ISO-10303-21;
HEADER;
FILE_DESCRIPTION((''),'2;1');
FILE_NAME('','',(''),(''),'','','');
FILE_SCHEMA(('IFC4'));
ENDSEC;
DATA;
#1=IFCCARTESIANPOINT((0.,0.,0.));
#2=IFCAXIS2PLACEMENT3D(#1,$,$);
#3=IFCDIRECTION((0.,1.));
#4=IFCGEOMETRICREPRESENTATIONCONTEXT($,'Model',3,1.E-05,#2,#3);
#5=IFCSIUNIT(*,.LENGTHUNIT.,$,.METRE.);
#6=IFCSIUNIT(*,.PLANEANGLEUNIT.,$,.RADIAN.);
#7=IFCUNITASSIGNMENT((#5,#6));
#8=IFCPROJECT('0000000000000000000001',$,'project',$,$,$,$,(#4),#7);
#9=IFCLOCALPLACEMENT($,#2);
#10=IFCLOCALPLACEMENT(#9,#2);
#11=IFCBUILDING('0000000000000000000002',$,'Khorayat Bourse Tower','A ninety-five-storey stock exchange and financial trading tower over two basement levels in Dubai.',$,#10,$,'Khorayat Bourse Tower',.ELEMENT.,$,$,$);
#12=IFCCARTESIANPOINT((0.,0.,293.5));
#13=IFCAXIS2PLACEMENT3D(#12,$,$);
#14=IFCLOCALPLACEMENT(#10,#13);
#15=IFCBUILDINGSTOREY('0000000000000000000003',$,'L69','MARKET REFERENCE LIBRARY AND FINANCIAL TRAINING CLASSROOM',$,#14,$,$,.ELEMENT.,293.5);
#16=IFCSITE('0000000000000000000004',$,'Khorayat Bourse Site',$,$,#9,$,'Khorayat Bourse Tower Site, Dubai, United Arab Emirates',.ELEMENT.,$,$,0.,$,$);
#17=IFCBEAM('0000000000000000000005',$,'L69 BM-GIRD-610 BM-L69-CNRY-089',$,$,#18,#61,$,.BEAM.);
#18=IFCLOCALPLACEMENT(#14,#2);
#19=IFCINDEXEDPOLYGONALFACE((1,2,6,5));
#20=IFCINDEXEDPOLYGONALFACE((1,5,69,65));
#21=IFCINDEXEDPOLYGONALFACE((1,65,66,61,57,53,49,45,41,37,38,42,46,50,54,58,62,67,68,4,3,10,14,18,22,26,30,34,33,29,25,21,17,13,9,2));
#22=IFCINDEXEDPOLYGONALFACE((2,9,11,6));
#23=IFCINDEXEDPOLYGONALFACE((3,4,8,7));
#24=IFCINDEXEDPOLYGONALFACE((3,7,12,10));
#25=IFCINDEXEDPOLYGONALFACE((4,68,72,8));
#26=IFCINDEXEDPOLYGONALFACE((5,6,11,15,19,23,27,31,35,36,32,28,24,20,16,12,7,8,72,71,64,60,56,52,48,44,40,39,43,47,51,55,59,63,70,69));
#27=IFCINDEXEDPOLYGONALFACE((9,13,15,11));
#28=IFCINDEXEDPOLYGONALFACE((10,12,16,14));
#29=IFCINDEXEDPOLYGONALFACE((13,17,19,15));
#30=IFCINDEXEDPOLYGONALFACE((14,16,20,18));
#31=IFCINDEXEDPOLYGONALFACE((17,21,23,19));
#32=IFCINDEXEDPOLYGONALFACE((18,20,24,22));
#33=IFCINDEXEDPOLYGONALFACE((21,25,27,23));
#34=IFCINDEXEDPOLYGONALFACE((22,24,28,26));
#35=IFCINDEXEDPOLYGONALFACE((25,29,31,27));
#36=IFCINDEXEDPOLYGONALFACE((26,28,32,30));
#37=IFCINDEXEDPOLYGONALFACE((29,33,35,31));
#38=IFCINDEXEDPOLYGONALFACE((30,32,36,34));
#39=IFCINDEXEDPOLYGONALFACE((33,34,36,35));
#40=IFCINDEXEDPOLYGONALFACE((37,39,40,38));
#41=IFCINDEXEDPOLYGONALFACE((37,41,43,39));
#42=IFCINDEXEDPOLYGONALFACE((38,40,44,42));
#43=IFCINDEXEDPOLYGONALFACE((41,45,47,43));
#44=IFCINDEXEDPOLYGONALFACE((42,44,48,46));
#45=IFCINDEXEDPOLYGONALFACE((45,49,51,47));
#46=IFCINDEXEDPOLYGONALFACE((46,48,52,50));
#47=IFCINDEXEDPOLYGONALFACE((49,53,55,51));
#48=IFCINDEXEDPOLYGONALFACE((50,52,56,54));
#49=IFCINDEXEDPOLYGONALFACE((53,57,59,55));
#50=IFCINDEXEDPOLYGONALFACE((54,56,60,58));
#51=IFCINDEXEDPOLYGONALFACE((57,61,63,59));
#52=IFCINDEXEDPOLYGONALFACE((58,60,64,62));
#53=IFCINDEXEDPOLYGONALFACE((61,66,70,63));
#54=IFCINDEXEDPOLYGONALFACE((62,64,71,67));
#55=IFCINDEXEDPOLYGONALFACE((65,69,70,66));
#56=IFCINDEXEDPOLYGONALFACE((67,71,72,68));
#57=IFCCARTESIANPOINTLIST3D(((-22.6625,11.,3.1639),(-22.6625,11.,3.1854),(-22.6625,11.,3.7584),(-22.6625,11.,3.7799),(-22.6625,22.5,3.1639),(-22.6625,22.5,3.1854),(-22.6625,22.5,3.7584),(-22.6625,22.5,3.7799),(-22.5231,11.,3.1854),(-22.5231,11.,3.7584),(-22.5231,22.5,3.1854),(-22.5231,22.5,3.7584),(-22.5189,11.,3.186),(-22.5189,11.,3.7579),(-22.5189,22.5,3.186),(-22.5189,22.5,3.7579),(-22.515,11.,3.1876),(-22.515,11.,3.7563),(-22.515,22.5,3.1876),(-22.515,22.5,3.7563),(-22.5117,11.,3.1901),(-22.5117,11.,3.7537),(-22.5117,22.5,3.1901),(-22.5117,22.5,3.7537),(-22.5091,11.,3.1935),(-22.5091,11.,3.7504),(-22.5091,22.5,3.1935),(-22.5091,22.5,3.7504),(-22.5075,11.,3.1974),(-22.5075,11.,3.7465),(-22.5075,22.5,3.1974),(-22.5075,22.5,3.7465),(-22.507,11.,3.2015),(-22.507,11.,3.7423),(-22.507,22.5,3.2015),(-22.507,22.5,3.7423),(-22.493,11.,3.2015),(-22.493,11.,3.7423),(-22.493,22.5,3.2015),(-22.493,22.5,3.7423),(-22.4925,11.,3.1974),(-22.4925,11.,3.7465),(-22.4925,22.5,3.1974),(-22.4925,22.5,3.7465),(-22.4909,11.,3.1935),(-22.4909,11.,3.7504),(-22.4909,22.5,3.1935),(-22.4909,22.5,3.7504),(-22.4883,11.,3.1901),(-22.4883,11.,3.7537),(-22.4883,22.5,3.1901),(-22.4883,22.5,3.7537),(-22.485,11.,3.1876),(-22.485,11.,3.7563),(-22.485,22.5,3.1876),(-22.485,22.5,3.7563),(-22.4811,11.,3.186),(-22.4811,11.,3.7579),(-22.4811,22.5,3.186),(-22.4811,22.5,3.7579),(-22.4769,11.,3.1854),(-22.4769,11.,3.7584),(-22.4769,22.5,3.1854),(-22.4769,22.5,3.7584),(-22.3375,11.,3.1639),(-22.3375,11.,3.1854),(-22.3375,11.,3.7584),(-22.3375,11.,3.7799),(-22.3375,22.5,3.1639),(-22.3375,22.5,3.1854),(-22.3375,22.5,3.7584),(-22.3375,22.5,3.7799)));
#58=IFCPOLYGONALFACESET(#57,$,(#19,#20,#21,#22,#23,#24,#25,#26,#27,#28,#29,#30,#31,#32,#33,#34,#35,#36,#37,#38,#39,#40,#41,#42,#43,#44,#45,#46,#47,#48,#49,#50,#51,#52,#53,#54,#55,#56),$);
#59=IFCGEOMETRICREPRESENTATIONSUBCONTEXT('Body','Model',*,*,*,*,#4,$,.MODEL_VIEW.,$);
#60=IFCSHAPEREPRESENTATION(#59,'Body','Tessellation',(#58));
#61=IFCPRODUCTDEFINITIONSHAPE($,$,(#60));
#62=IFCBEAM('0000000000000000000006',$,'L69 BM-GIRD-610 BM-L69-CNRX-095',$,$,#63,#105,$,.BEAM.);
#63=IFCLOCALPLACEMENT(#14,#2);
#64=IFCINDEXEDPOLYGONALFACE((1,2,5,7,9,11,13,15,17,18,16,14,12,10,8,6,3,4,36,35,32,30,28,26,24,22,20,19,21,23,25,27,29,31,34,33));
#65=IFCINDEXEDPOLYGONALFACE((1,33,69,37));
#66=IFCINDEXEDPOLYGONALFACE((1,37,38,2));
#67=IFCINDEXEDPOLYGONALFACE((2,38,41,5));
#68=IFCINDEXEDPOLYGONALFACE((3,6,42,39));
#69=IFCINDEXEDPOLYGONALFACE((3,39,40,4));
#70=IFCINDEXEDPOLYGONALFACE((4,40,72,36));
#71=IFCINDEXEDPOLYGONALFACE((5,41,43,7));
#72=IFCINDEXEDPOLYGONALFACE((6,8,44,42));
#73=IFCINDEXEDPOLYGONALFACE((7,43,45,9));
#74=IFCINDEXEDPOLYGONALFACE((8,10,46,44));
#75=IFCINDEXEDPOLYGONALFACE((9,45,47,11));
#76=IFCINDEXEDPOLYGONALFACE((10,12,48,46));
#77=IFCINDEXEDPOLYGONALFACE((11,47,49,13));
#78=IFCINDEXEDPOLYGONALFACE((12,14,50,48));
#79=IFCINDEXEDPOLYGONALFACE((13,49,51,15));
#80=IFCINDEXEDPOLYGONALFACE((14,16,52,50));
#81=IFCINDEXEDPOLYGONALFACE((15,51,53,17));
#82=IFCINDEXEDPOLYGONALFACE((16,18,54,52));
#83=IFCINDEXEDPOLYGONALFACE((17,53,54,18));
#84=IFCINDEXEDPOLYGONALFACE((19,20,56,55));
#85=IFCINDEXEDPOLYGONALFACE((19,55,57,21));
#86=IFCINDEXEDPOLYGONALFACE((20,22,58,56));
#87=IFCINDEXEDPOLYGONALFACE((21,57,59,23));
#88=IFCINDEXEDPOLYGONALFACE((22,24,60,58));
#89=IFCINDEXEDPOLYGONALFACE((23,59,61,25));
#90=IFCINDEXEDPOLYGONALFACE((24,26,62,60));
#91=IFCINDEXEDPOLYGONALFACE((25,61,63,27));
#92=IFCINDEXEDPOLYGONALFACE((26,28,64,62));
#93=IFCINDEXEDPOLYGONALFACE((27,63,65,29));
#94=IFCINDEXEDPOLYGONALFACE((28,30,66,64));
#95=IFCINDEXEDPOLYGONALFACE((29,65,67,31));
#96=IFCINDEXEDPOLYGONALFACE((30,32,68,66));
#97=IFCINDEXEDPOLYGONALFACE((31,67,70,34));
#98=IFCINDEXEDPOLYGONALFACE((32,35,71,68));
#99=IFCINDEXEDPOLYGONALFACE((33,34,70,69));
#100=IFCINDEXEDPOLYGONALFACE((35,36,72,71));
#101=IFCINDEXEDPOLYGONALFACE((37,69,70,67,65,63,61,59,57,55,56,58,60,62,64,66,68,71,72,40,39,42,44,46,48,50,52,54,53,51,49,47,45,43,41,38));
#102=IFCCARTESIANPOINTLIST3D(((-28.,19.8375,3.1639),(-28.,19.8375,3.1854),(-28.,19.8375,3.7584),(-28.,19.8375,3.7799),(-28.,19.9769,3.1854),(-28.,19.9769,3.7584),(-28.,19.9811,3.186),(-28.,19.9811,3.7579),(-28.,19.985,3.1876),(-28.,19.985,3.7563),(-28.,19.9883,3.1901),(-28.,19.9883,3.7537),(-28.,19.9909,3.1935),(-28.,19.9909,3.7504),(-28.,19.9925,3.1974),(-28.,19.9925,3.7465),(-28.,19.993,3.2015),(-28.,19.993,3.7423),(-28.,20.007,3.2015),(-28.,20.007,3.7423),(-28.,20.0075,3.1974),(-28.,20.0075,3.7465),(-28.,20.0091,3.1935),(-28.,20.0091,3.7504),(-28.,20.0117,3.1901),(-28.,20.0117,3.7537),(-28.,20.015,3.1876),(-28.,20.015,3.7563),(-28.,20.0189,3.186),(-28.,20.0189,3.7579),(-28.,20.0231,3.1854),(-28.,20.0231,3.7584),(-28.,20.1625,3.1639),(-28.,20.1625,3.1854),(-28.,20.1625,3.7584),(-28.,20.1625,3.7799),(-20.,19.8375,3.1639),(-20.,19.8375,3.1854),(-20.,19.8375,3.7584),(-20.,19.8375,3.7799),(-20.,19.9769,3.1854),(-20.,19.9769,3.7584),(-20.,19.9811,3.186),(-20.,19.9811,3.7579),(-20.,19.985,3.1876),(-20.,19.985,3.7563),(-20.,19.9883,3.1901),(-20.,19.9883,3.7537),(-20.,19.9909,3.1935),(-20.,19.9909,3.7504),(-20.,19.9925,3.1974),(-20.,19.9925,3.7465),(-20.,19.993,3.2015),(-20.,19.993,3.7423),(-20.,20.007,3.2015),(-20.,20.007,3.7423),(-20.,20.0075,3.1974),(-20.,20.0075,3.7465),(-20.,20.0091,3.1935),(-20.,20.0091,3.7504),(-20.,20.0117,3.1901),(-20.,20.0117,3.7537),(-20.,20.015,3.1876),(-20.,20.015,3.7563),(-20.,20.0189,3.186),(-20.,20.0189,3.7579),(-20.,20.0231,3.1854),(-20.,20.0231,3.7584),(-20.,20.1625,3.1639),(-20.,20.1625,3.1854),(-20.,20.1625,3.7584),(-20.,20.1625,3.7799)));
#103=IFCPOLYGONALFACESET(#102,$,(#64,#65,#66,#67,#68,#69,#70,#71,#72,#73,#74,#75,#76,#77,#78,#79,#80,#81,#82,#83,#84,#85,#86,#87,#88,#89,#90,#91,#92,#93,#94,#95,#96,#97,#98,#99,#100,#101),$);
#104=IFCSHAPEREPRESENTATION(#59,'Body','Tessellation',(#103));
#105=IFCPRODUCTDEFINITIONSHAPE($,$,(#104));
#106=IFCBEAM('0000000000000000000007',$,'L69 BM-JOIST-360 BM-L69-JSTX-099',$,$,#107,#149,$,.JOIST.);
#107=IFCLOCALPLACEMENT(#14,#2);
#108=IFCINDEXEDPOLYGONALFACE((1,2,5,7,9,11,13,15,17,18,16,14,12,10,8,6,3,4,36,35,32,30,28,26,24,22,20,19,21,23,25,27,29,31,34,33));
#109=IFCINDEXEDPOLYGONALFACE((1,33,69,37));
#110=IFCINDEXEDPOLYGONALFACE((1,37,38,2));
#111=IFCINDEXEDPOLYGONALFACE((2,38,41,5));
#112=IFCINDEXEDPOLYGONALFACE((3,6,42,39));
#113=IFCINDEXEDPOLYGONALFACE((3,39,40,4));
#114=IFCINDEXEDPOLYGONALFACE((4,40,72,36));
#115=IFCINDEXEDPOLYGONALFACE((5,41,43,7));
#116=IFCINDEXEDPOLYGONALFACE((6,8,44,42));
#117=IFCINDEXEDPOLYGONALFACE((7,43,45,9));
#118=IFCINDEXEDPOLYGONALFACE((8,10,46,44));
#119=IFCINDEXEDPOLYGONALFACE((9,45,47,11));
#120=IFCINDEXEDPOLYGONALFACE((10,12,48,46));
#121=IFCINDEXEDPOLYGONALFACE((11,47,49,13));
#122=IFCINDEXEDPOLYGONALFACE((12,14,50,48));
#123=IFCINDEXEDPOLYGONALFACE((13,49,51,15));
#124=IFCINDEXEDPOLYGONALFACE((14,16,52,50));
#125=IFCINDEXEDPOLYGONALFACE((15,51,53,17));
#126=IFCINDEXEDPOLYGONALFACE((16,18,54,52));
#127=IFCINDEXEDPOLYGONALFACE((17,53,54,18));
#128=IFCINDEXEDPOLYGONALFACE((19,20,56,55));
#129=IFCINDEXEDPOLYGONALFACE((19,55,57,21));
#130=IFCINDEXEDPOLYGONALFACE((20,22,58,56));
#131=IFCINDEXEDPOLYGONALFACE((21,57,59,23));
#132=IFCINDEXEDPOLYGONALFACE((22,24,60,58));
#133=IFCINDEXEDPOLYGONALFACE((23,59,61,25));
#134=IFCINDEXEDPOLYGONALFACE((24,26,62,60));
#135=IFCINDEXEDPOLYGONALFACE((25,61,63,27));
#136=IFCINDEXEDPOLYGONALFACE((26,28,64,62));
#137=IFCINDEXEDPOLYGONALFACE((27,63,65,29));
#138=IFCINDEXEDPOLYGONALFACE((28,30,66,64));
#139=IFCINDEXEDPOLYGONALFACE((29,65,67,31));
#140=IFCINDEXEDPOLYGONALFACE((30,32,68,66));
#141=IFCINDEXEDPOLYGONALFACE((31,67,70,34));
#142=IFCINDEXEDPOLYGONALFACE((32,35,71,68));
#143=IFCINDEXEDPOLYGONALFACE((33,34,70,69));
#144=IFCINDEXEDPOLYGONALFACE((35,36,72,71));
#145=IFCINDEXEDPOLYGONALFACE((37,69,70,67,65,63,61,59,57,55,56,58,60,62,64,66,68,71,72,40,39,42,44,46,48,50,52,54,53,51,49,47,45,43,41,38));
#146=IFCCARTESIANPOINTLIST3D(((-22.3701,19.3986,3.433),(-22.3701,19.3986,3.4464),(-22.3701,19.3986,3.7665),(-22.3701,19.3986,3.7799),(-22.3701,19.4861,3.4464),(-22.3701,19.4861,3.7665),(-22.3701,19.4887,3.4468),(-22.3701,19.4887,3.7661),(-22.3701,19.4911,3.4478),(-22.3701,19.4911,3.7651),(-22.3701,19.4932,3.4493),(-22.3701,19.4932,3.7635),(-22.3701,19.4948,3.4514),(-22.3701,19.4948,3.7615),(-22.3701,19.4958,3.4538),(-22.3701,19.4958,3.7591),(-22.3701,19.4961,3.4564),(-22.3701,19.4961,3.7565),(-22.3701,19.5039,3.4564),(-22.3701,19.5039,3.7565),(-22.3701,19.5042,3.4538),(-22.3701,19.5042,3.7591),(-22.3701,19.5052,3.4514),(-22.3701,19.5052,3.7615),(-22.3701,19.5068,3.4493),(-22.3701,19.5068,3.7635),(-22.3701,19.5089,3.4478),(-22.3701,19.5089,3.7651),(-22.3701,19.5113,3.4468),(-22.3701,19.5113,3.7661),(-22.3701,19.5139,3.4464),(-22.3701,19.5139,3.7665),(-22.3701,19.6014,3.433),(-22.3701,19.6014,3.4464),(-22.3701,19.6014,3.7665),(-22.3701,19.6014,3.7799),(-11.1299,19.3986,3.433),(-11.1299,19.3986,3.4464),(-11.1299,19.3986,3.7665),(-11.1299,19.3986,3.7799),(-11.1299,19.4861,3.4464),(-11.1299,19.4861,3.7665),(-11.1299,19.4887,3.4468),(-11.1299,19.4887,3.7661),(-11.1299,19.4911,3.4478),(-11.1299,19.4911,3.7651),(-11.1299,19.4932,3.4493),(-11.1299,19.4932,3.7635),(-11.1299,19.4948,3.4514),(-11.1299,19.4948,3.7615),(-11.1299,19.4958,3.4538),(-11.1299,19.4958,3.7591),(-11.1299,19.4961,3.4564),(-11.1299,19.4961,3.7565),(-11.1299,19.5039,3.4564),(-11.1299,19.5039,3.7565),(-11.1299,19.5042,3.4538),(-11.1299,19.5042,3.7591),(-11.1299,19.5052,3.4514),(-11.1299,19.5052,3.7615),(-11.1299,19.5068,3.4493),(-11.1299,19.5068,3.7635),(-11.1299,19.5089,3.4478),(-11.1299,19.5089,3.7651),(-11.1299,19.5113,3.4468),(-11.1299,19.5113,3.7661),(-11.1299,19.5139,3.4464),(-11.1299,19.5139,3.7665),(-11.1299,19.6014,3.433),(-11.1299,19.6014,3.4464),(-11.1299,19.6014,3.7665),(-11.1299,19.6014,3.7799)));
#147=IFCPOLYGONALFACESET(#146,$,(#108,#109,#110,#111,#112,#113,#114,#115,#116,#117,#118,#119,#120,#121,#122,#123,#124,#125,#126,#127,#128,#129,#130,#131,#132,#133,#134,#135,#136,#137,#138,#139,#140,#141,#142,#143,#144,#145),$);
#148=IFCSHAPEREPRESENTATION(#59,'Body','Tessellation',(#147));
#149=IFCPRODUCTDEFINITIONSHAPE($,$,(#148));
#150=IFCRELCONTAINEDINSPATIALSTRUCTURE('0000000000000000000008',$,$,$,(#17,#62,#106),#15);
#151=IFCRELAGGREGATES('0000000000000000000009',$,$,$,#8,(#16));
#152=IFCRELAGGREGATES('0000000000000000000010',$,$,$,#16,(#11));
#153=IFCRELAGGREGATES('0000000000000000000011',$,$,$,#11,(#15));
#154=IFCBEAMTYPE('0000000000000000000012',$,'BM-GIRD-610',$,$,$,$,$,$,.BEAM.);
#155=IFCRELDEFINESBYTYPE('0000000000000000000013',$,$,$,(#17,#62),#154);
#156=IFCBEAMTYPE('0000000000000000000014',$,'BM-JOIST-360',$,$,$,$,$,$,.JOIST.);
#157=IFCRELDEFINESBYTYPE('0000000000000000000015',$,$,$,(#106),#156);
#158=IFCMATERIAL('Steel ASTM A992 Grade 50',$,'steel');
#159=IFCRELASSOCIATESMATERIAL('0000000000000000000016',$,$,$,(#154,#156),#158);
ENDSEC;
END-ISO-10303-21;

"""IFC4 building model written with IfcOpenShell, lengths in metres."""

from ifc_helpers import new_model, si_unit, direction, frame, origin, origin_2d, place, context, subcontext, project, spatial, i_section, extrude, source, transform, mapped, material, material_profile, profile_set, type_object, element, save


model = new_model("IFC4")

# Units and contexts
model_context = context("Model", 3, precision=1e-05, world=origin(), true_north=direction((0.0, 1.0)))
body_context = subcontext(model_context, "Body", "Model", "MODEL_VIEW")
ifc_project = project(units=[si_unit("LENGTHUNIT", "METRE"), si_unit("PLANEANGLEUNIT", "RADIAN")], contexts=[model_context])

# Site, building, storey
site_placement = place(None, origin())
site = spatial("IfcSite", under=ifc_project, at=site_placement, Name="Khorayat Bourse Site", LongName="Khorayat Bourse Tower Site, Dubai, United Arab Emirates", CompositionType="ELEMENT", RefElevation=0.0)
building_placement = place(site_placement, origin())
building = spatial("IfcBuilding", under=site, at=building_placement, Name="Khorayat Bourse Tower", Description="A ninety-five-storey stock exchange and financial trading tower over two basement levels in Dubai.", LongName="Khorayat Bourse Tower", CompositionType="ELEMENT")
storey_placement = place(building_placement, frame((0.0, 0.0, 293.5)))
storey = spatial("IfcBuildingStorey", under=building, at=storey_placement, Name="L69", Description="MARKET REFERENCE LIBRARY AND FINANCIAL TRAINING CLASSROOM", CompositionType="ELEMENT", Elevation=293.5)

# Beams
ifc_material_1 = material(Name="Steel ASTM A992 Grade 50", Category="steel")
ifc_material_profile_1 = material_profile(ifc_material_1, i_section(OverallWidth=0.325, OverallDepth=0.616, WebThickness=0.0139, FlangeThickness=0.0215, FilletRadius=0.0161, at=origin_2d()), Name="W610X174")
ifc_profile_set_1 = profile_set([ifc_material_profile_1], Name="Steel ASTM A992 Grade 50")
beam_type_1 = type_object("IfcBeamType", Name="BM-GIRD-610", PredefinedType="BEAM", material=ifc_profile_set_1)
shared_shape_1 = source(origin(), body_context, "Body", "SweptSolid", [
    extrude(i_section(OverallWidth=0.325, OverallDepth=0.616, WebThickness=0.0139, FlangeThickness=0.0215, FilletRadius=0.0161, at=origin_2d()), origin(), (0.0, 0.0, 1.0), 11.5),
])
beam_1_placement = place(storey_placement, frame((-22.5, 11.0, 3.4719), z_axis=(0.0, 1.0, 0.0), x_axis=(-1.0, 0.0, 0.0)))
element("IfcBeam", 1, at=beam_1_placement, inside=storey, type_object=beam_type_1, Name="L69 BM-GIRD-610 BM-L69-CNRY-089", PredefinedType="BEAM", context=body_context, shape_type="MappedRepresentation", body=[
    mapped(shared_shape_1, transform((0.0, 0.0, 0.0), scale=1.0)),
])
shared_shape_2 = source(origin(), body_context, "Body", "SweptSolid", [
    extrude(i_section(OverallWidth=0.325, OverallDepth=0.616, WebThickness=0.0139, FlangeThickness=0.0215, FilletRadius=0.0161, at=origin_2d()), origin(), (0.0, 0.0, 1.0), 8.0),
])
beam_2_placement = place(storey_placement, frame((-28.0, 20.0, 3.4719), z_axis=(1.0, 0.0, 0.0), x_axis=(0.0, 1.0, 0.0)))
element("IfcBeam", 2, at=beam_2_placement, inside=storey, type_object=beam_type_1, Name="L69 BM-GIRD-610 BM-L69-CNRX-095", PredefinedType="BEAM", context=body_context, shape_type="MappedRepresentation", body=[
    mapped(shared_shape_2, transform((0.0, 0.0, 0.0), scale=1.0)),
])
ifc_material_profile_2 = material_profile(ifc_material_1, i_section(OverallWidth=0.2029, OverallDepth=0.3469, WebThickness=0.0078, FlangeThickness=0.0134, FilletRadius=0.01, at=origin_2d()), Name="W360X64")
ifc_profile_set_2 = profile_set([ifc_material_profile_2], Name="Steel ASTM A992 Grade 50")
beam_type_2 = type_object("IfcBeamType", Name="BM-JOIST-360", PredefinedType="JOIST", material=ifc_profile_set_2)
shared_shape_3 = source(origin(), body_context, "Body", "SweptSolid", [
    extrude(i_section(OverallWidth=0.2029, OverallDepth=0.3469, WebThickness=0.0078, FlangeThickness=0.0134, FilletRadius=0.01, at=origin_2d()), origin(), (0.0, 0.0, 1.0), 11.2402),
])
beam_3_placement = place(storey_placement, frame((-22.3701, 19.5, 3.6064), z_axis=(1.0, 0.0, 0.0), x_axis=(0.0, 1.0, 0.0)))
element("IfcBeam", 3, at=beam_3_placement, inside=storey, type_object=beam_type_2, Name="L69 BM-JOIST-360 BM-L69-JSTX-099", PredefinedType="JOIST", context=body_context, shape_type="MappedRepresentation", body=[
    mapped(shared_shape_3, transform((0.0, 0.0, 0.0), scale=1.0)),
])

save(model, "model.ifc")
